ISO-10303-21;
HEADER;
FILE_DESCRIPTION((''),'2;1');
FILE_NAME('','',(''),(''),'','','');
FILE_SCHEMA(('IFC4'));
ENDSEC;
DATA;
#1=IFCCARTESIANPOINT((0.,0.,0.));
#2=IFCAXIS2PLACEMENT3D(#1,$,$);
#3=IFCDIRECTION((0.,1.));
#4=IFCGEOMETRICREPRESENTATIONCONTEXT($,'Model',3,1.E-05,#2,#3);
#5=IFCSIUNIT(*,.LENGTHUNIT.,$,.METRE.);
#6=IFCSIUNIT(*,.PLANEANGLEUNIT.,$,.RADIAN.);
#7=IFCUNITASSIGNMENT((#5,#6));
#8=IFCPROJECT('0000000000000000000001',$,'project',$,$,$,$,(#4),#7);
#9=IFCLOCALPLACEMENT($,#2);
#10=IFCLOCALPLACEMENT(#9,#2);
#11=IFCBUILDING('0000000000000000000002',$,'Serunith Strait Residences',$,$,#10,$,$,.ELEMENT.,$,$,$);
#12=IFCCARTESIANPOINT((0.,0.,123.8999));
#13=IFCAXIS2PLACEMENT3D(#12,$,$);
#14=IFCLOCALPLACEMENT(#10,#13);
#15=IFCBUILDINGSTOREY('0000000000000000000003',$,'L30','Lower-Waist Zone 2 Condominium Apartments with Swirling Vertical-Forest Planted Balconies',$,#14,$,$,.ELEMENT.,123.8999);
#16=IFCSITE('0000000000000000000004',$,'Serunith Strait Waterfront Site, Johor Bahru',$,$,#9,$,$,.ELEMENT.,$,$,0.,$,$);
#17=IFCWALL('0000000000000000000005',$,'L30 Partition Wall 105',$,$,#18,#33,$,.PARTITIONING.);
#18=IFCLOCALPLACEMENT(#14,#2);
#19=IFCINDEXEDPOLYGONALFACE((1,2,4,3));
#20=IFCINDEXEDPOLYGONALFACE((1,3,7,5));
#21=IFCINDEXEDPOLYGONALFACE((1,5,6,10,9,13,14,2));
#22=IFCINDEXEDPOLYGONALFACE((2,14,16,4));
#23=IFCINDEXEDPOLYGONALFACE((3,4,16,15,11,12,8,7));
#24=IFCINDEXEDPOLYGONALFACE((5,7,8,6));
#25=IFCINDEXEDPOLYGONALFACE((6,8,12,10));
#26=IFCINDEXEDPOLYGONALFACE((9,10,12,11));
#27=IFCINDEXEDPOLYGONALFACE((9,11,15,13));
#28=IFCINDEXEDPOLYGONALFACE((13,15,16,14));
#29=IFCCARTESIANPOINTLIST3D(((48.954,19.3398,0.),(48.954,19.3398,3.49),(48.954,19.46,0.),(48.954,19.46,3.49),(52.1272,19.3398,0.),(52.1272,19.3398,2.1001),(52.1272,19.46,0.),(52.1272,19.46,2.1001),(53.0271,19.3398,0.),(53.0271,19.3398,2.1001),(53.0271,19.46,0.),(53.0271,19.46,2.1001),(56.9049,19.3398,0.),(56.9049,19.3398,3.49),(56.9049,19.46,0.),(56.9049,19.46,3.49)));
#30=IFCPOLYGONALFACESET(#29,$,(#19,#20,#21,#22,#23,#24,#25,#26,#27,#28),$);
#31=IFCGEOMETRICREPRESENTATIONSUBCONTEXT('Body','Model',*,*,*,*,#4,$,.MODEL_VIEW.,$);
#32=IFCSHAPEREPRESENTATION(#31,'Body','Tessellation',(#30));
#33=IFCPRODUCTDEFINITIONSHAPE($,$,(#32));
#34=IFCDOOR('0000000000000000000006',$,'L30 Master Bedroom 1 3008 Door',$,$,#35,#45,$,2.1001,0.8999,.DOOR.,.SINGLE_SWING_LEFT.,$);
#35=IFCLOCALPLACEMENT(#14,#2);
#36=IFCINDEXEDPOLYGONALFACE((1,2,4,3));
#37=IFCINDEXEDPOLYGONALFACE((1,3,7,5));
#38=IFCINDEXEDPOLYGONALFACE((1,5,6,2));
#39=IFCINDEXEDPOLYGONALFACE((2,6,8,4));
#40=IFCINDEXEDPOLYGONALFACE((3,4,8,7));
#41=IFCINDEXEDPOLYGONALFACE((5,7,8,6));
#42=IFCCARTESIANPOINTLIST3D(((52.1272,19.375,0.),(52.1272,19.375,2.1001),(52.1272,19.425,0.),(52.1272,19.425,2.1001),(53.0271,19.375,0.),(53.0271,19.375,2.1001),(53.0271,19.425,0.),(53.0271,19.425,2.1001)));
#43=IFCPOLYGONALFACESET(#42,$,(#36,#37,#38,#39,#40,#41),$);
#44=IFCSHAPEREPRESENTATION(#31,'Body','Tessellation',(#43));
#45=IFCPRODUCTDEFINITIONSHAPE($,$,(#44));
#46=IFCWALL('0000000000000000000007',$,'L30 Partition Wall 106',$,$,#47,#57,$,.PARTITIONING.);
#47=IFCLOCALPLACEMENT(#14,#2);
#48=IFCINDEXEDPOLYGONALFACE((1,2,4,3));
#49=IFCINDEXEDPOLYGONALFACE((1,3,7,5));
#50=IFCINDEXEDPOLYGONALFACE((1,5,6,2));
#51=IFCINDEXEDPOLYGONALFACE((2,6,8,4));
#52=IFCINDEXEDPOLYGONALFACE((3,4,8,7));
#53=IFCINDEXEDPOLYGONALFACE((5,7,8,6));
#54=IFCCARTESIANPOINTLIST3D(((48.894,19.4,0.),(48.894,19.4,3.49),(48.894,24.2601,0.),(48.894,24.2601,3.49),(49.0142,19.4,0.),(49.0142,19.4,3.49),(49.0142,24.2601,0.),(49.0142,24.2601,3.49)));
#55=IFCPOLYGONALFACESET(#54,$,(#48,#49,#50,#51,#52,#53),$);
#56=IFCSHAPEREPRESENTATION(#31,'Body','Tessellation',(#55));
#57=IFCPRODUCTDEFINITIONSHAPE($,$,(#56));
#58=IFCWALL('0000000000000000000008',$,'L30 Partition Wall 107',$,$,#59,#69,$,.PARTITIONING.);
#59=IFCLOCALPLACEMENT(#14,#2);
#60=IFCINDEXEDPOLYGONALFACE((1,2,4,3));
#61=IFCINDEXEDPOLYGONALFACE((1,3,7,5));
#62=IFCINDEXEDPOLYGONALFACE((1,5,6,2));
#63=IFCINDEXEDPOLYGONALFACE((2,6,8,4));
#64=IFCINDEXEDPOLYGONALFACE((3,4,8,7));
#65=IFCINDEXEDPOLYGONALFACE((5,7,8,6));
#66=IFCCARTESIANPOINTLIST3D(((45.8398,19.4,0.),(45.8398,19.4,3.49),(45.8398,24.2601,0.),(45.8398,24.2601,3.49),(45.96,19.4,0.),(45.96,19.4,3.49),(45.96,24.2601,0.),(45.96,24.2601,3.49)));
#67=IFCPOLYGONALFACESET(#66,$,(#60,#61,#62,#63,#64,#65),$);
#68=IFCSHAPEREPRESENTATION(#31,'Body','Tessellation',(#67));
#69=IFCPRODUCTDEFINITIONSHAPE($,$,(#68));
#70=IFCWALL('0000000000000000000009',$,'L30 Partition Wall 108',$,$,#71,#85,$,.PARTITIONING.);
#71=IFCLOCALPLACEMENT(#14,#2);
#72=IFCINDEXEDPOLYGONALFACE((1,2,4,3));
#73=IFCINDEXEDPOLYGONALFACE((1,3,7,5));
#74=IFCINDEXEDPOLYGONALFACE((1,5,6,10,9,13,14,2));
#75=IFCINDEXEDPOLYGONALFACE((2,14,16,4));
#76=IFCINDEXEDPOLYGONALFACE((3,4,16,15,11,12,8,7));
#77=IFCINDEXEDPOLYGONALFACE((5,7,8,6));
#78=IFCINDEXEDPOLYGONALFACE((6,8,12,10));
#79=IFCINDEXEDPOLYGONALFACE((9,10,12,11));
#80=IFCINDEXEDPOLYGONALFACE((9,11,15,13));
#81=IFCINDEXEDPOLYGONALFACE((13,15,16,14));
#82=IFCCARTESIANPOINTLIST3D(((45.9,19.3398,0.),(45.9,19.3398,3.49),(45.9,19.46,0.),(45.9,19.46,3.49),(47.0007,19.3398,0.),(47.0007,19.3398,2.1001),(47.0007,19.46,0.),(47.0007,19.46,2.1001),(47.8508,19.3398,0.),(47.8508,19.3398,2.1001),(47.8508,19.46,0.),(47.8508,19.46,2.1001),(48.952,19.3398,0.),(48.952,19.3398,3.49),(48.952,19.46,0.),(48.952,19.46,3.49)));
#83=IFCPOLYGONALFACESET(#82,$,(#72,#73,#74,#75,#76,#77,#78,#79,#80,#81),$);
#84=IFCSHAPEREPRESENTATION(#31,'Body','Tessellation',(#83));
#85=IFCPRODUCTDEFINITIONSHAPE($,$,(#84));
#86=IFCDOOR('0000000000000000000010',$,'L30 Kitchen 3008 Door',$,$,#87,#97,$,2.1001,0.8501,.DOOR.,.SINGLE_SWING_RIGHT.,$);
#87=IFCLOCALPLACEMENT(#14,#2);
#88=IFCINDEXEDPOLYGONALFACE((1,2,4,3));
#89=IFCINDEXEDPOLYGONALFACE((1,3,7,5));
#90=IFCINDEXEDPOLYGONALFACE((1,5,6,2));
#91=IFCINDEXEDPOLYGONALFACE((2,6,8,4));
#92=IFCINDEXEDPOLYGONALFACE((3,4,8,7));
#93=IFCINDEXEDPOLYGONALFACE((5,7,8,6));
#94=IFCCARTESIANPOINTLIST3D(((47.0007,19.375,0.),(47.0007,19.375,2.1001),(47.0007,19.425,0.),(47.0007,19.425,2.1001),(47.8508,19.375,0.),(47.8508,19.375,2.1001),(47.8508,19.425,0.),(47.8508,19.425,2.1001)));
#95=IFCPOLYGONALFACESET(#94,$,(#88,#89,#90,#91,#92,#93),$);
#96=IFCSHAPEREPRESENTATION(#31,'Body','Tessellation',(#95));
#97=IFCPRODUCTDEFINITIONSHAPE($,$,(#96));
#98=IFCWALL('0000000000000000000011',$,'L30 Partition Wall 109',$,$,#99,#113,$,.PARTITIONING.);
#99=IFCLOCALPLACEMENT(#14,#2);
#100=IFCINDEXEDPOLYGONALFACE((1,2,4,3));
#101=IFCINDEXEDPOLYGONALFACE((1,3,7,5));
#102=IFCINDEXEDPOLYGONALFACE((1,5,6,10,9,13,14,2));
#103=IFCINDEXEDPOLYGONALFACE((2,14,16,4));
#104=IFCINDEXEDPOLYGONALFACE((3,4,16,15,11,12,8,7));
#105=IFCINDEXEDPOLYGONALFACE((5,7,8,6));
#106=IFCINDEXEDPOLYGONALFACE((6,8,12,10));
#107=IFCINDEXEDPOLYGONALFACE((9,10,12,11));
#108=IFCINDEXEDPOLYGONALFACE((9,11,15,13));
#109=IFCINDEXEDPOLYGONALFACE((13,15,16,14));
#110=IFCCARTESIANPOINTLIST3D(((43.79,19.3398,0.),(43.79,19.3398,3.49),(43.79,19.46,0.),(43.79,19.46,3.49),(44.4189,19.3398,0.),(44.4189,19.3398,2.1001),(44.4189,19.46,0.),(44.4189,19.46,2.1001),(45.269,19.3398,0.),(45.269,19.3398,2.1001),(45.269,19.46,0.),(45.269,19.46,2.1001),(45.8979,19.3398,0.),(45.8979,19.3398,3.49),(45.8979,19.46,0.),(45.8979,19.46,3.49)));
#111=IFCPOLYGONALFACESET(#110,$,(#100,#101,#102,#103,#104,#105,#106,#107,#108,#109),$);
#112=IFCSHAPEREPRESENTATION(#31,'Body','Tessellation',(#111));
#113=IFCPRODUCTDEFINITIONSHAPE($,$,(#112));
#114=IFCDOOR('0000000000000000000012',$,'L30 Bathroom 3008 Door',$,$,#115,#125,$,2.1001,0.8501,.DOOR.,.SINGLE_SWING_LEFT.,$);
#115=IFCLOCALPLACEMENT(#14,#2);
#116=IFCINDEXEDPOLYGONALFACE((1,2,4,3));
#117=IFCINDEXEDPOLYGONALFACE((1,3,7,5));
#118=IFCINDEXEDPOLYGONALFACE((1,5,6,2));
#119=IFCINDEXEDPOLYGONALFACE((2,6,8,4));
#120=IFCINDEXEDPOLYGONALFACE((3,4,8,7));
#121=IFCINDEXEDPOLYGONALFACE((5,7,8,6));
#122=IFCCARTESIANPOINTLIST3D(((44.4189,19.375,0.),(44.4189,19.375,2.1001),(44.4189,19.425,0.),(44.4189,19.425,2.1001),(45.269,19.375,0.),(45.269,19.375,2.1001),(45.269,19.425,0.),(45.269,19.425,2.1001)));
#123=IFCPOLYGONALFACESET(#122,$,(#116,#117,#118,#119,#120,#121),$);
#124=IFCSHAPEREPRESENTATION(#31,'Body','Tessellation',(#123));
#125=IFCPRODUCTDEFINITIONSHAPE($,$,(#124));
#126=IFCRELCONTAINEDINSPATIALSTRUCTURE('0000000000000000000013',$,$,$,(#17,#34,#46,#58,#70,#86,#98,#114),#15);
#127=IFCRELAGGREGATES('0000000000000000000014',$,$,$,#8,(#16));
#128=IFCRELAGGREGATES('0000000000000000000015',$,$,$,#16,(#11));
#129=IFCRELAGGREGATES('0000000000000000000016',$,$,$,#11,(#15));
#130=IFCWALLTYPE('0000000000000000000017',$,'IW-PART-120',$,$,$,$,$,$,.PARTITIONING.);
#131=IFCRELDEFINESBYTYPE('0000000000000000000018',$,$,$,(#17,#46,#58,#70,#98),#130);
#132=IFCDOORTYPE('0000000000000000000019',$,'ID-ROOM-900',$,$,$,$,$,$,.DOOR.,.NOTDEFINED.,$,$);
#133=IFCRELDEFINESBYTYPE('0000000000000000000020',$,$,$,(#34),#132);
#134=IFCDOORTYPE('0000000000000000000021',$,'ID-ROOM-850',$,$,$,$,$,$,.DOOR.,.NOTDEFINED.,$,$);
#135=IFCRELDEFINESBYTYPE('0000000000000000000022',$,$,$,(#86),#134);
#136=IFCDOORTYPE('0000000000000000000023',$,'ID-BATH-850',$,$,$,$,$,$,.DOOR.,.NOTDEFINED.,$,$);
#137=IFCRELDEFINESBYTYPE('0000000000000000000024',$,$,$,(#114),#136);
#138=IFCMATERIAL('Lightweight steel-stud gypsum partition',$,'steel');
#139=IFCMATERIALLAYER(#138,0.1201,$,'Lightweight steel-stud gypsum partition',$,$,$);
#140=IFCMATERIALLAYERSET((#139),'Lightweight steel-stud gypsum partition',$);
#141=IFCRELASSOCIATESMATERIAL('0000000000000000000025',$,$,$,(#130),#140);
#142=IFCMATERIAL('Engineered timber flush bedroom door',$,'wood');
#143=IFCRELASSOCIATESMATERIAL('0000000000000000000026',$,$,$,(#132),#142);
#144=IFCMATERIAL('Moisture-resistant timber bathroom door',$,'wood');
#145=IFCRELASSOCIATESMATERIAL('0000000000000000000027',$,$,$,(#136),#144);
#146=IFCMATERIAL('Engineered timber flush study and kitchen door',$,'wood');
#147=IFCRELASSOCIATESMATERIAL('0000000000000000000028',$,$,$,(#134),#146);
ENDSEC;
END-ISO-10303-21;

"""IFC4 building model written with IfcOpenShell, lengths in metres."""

from ifc_helpers import new_model, si_unit, direction, frame, frame_2d, origin, place, context, subcontext, project, spatial, rectangle, extrude, source, transform, mapped, material, layer, layer_set, type_object, element, fill, save


model = new_model("IFC4")

# Units and contexts
model_context = context("Model", 3, precision=1e-05, world=origin(), true_north=direction((0.0, 1.0)))
body_context = subcontext(model_context, "Body", "Model", "MODEL_VIEW")
ifc_project = project(units=[si_unit("LENGTHUNIT", "METRE"), si_unit("PLANEANGLEUNIT", "RADIAN")], contexts=[model_context])

# Site, building, storey
site_placement = place(None, origin())
site = spatial("IfcSite", under=ifc_project, at=site_placement, Name="Serunith Strait Waterfront Site, Johor Bahru", CompositionType="ELEMENT", RefElevation=0.0)
building_placement = place(site_placement, origin())
building = spatial("IfcBuilding", under=site, at=building_placement, Name="Serunith Strait Residences", CompositionType="ELEMENT")
storey_placement = place(building_placement, frame((0.0, 0.0, 123.8999)))
storey = spatial("IfcBuildingStorey", under=building, at=storey_placement, Name="L30", Description="Lower-Waist Zone 2 Condominium Apartments with Swirling Vertical-Forest Planted Balconies", CompositionType="ELEMENT", Elevation=123.8999)

# Shared definitions
ifc_material_1 = material(Name="Lightweight steel-stud gypsum partition", Category="steel")
ifc_layer_1 = layer(ifc_material_1, 0.1201, Name="Lightweight steel-stud gypsum partition")
ifc_layer_set_1 = layer_set([ifc_layer_1], Name="Lightweight steel-stud gypsum partition")
wall_type = type_object("IfcWallType", Name="IW-PART-120", PredefinedType="PARTITIONING", material=ifc_layer_set_1)
ifc_material_2 = material(Name="Engineered timber flush bedroom door", Category="wood")
door_type_1 = type_object("IfcDoorType", Name="ID-ROOM-900", OperationType="NOTDEFINED", PredefinedType="DOOR", material=ifc_material_2)
shared_shape_1 = source(origin(), body_context, "Body", "SweptSolid", [
    extrude(rectangle(XDim=0.8999, YDim=2.1001, at=frame_2d((0.45, 1.05))), frame((0.0, 0.0249, 0.0), z_axis=(0.0, -1.0, 0.0), x_axis=(1.0, 0.0, 0.0)), (0.0, 0.0, 1.0), 0.05),
])
ifc_material_3 = material(Name="Moisture-resistant timber bathroom door", Category="wood")
door_type_2 = type_object("IfcDoorType", Name="ID-BATH-850", OperationType="NOTDEFINED", PredefinedType="DOOR", material=ifc_material_3)
shared_shape_2 = source(origin(), body_context, "Body", "SweptSolid", [
    extrude(rectangle(XDim=0.8501, YDim=2.1001, at=frame_2d((0.425, 1.05))), frame((0.0, 0.0249, 0.0), z_axis=(0.0, -1.0, 0.0), x_axis=(1.0, 0.0, 0.0)), (0.0, 0.0, 1.0), 0.05),
])
ifc_material_4 = material(Name="Engineered timber flush study and kitchen door", Category="wood")
door_type_3 = type_object("IfcDoorType", Name="ID-ROOM-850", OperationType="NOTDEFINED", PredefinedType="DOOR", material=ifc_material_4)

# Wall, opening, door
wall_1_placement = place(storey_placement, frame((56.905, 19.3999, 0.0), z_axis=(0.0, 0.0, 1.0), x_axis=(-1.0, 0.0, 0.0)))
wall_1 = element("IfcWall", 1, at=wall_1_placement, inside=storey, type_object=wall_type, Name="L30 Partition Wall 105", PredefinedType="PARTITIONING", context=body_context, shape_type="SweptSolid", body=[
    extrude(rectangle(XDim=7.9509, YDim=0.1201, at=frame_2d((3.9756, 0.0))), origin(), (0.0, 0.0, 1.0), 3.49),
])
opening_1_placement = place(wall_1_placement, frame((3.8779, 0.0, 0.0)))
opening_1 = element("IfcOpeningElement", 2, at=opening_1_placement, cuts=wall_1, PredefinedType="OPENING", context=body_context, shape_type="SweptSolid", body=[
    extrude(rectangle(XDim=0.8999, YDim=2.1001, at=frame_2d((0.45, 1.05))), frame((0.0, 0.0701, 0.0), z_axis=(0.0, -1.0, 0.0), x_axis=(1.0, 0.0, 0.0)), (0.0, 0.0, 1.0), 0.1401),
])
door_1_placement = place(opening_1_placement, origin())
door_1 = element("IfcDoor", 3, at=door_1_placement, inside=storey, type_object=door_type_1, Name="L30 Master Bedroom 1 3008 Door", OperationType="SINGLE_SWING_LEFT", OverallHeight=2.1001, OverallWidth=0.8999, PredefinedType="DOOR", context=body_context, shape_type="MappedRepresentation", body=[
    mapped(shared_shape_1, transform((0.0, 0.0, 0.0), scale=1.0)),
])
fill(opening_1, door_1)

# Walls
for number, where, z_axis, x_axis, name in (
    (4, (48.9541, 19.3999, 0.0), (0.0, 0.0, 1.0), (0.0, 1.0, 0.0), "L30 Partition Wall 106"),
    (5, (45.8999, 19.3999, 0.0), (0.0, 0.0, 1.0), (0.0, 1.0, 0.0), "L30 Partition Wall 107"),
):
    element("IfcWall", number, at=place(storey_placement, frame(where, z_axis=z_axis, x_axis=x_axis)), inside=storey, type_object=wall_type, Name=name, PredefinedType="PARTITIONING", context=body_context, shape_type="SweptSolid", body=[
        extrude(rectangle(XDim=4.8601, YDim=0.1201, at=frame_2d((2.4302, 0.0))), origin(), (0.0, 0.0, 1.0), 3.49),
    ])

# Walls, openings, doors
wall_2_placement = place(storey_placement, frame((48.9519, 19.3999, 0.0), z_axis=(0.0, 0.0, 1.0), x_axis=(-1.0, 0.0, 0.0)))
wall_2 = element("IfcWall", 6, at=wall_2_placement, inside=storey, type_object=wall_type, Name="L30 Partition Wall 108", PredefinedType="PARTITIONING", context=body_context, shape_type="SweptSolid", body=[
    extrude(rectangle(XDim=3.052, YDim=0.1201, at=frame_2d((1.5259, 0.0))), origin(), (0.0, 0.0, 1.0), 3.49),
])
opening_2_placement = place(wall_2_placement, frame((1.1011, 0.0, 0.0)))
opening_2 = element("IfcOpeningElement", 7, at=opening_2_placement, cuts=wall_2, PredefinedType="OPENING", context=body_context, shape_type="SweptSolid", body=[
    extrude(rectangle(XDim=0.8501, YDim=2.1001, at=frame_2d((0.425, 1.05))), frame((0.0, 0.0701, 0.0), z_axis=(0.0, -1.0, 0.0), x_axis=(1.0, 0.0, 0.0)), (0.0, 0.0, 1.0), 0.1401),
])
door_2_placement = place(opening_2_placement, origin())
door_2 = element("IfcDoor", 8, at=door_2_placement, inside=storey, type_object=door_type_3, Name="L30 Kitchen 3008 Door", OperationType="SINGLE_SWING_RIGHT", OverallHeight=2.1001, OverallWidth=0.8501, PredefinedType="DOOR", context=body_context, shape_type="MappedRepresentation", body=[
    mapped(shared_shape_2, transform((0.0, 0.0, 0.0), scale=1.0)),
])
fill(opening_2, door_2)
wall_3_placement = place(storey_placement, frame((45.8979, 19.3999, 0.0), z_axis=(0.0, 0.0, 1.0), x_axis=(-1.0, 0.0, 0.0)))
wall_3 = element("IfcWall", 9, at=wall_3_placement, inside=storey, type_object=wall_type, Name="L30 Partition Wall 109", PredefinedType="PARTITIONING", context=body_context, shape_type="SweptSolid", body=[
    extrude(rectangle(XDim=2.1079, YDim=0.1201, at=frame_2d((1.054, 0.0))), origin(), (0.0, 0.0, 1.0), 3.49),
])
opening_3_placement = place(wall_3_placement, frame((0.6289, 0.0, 0.0)))
opening_3 = element("IfcOpeningElement", 10, at=opening_3_placement, cuts=wall_3, PredefinedType="OPENING", context=body_context, shape_type="SweptSolid", body=[
    extrude(rectangle(XDim=0.8501, YDim=2.1001, at=frame_2d((0.425, 1.05))), frame((0.0, 0.0701, 0.0), z_axis=(0.0, -1.0, 0.0), x_axis=(1.0, 0.0, 0.0)), (0.0, 0.0, 1.0), 0.1401),
])
door_3_placement = place(opening_3_placement, origin())
door_3 = element("IfcDoor", 11, at=door_3_placement, inside=storey, type_object=door_type_2, Name="L30 Bathroom 3008 Door", OperationType="SINGLE_SWING_LEFT", OverallHeight=2.1001, OverallWidth=0.8501, PredefinedType="DOOR", context=body_context, shape_type="MappedRepresentation", body=[
    mapped(shared_shape_2, transform((0.0, 0.0, 0.0), scale=1.0)),
])
fill(opening_3, door_3)

save(model, "model.ifc")
